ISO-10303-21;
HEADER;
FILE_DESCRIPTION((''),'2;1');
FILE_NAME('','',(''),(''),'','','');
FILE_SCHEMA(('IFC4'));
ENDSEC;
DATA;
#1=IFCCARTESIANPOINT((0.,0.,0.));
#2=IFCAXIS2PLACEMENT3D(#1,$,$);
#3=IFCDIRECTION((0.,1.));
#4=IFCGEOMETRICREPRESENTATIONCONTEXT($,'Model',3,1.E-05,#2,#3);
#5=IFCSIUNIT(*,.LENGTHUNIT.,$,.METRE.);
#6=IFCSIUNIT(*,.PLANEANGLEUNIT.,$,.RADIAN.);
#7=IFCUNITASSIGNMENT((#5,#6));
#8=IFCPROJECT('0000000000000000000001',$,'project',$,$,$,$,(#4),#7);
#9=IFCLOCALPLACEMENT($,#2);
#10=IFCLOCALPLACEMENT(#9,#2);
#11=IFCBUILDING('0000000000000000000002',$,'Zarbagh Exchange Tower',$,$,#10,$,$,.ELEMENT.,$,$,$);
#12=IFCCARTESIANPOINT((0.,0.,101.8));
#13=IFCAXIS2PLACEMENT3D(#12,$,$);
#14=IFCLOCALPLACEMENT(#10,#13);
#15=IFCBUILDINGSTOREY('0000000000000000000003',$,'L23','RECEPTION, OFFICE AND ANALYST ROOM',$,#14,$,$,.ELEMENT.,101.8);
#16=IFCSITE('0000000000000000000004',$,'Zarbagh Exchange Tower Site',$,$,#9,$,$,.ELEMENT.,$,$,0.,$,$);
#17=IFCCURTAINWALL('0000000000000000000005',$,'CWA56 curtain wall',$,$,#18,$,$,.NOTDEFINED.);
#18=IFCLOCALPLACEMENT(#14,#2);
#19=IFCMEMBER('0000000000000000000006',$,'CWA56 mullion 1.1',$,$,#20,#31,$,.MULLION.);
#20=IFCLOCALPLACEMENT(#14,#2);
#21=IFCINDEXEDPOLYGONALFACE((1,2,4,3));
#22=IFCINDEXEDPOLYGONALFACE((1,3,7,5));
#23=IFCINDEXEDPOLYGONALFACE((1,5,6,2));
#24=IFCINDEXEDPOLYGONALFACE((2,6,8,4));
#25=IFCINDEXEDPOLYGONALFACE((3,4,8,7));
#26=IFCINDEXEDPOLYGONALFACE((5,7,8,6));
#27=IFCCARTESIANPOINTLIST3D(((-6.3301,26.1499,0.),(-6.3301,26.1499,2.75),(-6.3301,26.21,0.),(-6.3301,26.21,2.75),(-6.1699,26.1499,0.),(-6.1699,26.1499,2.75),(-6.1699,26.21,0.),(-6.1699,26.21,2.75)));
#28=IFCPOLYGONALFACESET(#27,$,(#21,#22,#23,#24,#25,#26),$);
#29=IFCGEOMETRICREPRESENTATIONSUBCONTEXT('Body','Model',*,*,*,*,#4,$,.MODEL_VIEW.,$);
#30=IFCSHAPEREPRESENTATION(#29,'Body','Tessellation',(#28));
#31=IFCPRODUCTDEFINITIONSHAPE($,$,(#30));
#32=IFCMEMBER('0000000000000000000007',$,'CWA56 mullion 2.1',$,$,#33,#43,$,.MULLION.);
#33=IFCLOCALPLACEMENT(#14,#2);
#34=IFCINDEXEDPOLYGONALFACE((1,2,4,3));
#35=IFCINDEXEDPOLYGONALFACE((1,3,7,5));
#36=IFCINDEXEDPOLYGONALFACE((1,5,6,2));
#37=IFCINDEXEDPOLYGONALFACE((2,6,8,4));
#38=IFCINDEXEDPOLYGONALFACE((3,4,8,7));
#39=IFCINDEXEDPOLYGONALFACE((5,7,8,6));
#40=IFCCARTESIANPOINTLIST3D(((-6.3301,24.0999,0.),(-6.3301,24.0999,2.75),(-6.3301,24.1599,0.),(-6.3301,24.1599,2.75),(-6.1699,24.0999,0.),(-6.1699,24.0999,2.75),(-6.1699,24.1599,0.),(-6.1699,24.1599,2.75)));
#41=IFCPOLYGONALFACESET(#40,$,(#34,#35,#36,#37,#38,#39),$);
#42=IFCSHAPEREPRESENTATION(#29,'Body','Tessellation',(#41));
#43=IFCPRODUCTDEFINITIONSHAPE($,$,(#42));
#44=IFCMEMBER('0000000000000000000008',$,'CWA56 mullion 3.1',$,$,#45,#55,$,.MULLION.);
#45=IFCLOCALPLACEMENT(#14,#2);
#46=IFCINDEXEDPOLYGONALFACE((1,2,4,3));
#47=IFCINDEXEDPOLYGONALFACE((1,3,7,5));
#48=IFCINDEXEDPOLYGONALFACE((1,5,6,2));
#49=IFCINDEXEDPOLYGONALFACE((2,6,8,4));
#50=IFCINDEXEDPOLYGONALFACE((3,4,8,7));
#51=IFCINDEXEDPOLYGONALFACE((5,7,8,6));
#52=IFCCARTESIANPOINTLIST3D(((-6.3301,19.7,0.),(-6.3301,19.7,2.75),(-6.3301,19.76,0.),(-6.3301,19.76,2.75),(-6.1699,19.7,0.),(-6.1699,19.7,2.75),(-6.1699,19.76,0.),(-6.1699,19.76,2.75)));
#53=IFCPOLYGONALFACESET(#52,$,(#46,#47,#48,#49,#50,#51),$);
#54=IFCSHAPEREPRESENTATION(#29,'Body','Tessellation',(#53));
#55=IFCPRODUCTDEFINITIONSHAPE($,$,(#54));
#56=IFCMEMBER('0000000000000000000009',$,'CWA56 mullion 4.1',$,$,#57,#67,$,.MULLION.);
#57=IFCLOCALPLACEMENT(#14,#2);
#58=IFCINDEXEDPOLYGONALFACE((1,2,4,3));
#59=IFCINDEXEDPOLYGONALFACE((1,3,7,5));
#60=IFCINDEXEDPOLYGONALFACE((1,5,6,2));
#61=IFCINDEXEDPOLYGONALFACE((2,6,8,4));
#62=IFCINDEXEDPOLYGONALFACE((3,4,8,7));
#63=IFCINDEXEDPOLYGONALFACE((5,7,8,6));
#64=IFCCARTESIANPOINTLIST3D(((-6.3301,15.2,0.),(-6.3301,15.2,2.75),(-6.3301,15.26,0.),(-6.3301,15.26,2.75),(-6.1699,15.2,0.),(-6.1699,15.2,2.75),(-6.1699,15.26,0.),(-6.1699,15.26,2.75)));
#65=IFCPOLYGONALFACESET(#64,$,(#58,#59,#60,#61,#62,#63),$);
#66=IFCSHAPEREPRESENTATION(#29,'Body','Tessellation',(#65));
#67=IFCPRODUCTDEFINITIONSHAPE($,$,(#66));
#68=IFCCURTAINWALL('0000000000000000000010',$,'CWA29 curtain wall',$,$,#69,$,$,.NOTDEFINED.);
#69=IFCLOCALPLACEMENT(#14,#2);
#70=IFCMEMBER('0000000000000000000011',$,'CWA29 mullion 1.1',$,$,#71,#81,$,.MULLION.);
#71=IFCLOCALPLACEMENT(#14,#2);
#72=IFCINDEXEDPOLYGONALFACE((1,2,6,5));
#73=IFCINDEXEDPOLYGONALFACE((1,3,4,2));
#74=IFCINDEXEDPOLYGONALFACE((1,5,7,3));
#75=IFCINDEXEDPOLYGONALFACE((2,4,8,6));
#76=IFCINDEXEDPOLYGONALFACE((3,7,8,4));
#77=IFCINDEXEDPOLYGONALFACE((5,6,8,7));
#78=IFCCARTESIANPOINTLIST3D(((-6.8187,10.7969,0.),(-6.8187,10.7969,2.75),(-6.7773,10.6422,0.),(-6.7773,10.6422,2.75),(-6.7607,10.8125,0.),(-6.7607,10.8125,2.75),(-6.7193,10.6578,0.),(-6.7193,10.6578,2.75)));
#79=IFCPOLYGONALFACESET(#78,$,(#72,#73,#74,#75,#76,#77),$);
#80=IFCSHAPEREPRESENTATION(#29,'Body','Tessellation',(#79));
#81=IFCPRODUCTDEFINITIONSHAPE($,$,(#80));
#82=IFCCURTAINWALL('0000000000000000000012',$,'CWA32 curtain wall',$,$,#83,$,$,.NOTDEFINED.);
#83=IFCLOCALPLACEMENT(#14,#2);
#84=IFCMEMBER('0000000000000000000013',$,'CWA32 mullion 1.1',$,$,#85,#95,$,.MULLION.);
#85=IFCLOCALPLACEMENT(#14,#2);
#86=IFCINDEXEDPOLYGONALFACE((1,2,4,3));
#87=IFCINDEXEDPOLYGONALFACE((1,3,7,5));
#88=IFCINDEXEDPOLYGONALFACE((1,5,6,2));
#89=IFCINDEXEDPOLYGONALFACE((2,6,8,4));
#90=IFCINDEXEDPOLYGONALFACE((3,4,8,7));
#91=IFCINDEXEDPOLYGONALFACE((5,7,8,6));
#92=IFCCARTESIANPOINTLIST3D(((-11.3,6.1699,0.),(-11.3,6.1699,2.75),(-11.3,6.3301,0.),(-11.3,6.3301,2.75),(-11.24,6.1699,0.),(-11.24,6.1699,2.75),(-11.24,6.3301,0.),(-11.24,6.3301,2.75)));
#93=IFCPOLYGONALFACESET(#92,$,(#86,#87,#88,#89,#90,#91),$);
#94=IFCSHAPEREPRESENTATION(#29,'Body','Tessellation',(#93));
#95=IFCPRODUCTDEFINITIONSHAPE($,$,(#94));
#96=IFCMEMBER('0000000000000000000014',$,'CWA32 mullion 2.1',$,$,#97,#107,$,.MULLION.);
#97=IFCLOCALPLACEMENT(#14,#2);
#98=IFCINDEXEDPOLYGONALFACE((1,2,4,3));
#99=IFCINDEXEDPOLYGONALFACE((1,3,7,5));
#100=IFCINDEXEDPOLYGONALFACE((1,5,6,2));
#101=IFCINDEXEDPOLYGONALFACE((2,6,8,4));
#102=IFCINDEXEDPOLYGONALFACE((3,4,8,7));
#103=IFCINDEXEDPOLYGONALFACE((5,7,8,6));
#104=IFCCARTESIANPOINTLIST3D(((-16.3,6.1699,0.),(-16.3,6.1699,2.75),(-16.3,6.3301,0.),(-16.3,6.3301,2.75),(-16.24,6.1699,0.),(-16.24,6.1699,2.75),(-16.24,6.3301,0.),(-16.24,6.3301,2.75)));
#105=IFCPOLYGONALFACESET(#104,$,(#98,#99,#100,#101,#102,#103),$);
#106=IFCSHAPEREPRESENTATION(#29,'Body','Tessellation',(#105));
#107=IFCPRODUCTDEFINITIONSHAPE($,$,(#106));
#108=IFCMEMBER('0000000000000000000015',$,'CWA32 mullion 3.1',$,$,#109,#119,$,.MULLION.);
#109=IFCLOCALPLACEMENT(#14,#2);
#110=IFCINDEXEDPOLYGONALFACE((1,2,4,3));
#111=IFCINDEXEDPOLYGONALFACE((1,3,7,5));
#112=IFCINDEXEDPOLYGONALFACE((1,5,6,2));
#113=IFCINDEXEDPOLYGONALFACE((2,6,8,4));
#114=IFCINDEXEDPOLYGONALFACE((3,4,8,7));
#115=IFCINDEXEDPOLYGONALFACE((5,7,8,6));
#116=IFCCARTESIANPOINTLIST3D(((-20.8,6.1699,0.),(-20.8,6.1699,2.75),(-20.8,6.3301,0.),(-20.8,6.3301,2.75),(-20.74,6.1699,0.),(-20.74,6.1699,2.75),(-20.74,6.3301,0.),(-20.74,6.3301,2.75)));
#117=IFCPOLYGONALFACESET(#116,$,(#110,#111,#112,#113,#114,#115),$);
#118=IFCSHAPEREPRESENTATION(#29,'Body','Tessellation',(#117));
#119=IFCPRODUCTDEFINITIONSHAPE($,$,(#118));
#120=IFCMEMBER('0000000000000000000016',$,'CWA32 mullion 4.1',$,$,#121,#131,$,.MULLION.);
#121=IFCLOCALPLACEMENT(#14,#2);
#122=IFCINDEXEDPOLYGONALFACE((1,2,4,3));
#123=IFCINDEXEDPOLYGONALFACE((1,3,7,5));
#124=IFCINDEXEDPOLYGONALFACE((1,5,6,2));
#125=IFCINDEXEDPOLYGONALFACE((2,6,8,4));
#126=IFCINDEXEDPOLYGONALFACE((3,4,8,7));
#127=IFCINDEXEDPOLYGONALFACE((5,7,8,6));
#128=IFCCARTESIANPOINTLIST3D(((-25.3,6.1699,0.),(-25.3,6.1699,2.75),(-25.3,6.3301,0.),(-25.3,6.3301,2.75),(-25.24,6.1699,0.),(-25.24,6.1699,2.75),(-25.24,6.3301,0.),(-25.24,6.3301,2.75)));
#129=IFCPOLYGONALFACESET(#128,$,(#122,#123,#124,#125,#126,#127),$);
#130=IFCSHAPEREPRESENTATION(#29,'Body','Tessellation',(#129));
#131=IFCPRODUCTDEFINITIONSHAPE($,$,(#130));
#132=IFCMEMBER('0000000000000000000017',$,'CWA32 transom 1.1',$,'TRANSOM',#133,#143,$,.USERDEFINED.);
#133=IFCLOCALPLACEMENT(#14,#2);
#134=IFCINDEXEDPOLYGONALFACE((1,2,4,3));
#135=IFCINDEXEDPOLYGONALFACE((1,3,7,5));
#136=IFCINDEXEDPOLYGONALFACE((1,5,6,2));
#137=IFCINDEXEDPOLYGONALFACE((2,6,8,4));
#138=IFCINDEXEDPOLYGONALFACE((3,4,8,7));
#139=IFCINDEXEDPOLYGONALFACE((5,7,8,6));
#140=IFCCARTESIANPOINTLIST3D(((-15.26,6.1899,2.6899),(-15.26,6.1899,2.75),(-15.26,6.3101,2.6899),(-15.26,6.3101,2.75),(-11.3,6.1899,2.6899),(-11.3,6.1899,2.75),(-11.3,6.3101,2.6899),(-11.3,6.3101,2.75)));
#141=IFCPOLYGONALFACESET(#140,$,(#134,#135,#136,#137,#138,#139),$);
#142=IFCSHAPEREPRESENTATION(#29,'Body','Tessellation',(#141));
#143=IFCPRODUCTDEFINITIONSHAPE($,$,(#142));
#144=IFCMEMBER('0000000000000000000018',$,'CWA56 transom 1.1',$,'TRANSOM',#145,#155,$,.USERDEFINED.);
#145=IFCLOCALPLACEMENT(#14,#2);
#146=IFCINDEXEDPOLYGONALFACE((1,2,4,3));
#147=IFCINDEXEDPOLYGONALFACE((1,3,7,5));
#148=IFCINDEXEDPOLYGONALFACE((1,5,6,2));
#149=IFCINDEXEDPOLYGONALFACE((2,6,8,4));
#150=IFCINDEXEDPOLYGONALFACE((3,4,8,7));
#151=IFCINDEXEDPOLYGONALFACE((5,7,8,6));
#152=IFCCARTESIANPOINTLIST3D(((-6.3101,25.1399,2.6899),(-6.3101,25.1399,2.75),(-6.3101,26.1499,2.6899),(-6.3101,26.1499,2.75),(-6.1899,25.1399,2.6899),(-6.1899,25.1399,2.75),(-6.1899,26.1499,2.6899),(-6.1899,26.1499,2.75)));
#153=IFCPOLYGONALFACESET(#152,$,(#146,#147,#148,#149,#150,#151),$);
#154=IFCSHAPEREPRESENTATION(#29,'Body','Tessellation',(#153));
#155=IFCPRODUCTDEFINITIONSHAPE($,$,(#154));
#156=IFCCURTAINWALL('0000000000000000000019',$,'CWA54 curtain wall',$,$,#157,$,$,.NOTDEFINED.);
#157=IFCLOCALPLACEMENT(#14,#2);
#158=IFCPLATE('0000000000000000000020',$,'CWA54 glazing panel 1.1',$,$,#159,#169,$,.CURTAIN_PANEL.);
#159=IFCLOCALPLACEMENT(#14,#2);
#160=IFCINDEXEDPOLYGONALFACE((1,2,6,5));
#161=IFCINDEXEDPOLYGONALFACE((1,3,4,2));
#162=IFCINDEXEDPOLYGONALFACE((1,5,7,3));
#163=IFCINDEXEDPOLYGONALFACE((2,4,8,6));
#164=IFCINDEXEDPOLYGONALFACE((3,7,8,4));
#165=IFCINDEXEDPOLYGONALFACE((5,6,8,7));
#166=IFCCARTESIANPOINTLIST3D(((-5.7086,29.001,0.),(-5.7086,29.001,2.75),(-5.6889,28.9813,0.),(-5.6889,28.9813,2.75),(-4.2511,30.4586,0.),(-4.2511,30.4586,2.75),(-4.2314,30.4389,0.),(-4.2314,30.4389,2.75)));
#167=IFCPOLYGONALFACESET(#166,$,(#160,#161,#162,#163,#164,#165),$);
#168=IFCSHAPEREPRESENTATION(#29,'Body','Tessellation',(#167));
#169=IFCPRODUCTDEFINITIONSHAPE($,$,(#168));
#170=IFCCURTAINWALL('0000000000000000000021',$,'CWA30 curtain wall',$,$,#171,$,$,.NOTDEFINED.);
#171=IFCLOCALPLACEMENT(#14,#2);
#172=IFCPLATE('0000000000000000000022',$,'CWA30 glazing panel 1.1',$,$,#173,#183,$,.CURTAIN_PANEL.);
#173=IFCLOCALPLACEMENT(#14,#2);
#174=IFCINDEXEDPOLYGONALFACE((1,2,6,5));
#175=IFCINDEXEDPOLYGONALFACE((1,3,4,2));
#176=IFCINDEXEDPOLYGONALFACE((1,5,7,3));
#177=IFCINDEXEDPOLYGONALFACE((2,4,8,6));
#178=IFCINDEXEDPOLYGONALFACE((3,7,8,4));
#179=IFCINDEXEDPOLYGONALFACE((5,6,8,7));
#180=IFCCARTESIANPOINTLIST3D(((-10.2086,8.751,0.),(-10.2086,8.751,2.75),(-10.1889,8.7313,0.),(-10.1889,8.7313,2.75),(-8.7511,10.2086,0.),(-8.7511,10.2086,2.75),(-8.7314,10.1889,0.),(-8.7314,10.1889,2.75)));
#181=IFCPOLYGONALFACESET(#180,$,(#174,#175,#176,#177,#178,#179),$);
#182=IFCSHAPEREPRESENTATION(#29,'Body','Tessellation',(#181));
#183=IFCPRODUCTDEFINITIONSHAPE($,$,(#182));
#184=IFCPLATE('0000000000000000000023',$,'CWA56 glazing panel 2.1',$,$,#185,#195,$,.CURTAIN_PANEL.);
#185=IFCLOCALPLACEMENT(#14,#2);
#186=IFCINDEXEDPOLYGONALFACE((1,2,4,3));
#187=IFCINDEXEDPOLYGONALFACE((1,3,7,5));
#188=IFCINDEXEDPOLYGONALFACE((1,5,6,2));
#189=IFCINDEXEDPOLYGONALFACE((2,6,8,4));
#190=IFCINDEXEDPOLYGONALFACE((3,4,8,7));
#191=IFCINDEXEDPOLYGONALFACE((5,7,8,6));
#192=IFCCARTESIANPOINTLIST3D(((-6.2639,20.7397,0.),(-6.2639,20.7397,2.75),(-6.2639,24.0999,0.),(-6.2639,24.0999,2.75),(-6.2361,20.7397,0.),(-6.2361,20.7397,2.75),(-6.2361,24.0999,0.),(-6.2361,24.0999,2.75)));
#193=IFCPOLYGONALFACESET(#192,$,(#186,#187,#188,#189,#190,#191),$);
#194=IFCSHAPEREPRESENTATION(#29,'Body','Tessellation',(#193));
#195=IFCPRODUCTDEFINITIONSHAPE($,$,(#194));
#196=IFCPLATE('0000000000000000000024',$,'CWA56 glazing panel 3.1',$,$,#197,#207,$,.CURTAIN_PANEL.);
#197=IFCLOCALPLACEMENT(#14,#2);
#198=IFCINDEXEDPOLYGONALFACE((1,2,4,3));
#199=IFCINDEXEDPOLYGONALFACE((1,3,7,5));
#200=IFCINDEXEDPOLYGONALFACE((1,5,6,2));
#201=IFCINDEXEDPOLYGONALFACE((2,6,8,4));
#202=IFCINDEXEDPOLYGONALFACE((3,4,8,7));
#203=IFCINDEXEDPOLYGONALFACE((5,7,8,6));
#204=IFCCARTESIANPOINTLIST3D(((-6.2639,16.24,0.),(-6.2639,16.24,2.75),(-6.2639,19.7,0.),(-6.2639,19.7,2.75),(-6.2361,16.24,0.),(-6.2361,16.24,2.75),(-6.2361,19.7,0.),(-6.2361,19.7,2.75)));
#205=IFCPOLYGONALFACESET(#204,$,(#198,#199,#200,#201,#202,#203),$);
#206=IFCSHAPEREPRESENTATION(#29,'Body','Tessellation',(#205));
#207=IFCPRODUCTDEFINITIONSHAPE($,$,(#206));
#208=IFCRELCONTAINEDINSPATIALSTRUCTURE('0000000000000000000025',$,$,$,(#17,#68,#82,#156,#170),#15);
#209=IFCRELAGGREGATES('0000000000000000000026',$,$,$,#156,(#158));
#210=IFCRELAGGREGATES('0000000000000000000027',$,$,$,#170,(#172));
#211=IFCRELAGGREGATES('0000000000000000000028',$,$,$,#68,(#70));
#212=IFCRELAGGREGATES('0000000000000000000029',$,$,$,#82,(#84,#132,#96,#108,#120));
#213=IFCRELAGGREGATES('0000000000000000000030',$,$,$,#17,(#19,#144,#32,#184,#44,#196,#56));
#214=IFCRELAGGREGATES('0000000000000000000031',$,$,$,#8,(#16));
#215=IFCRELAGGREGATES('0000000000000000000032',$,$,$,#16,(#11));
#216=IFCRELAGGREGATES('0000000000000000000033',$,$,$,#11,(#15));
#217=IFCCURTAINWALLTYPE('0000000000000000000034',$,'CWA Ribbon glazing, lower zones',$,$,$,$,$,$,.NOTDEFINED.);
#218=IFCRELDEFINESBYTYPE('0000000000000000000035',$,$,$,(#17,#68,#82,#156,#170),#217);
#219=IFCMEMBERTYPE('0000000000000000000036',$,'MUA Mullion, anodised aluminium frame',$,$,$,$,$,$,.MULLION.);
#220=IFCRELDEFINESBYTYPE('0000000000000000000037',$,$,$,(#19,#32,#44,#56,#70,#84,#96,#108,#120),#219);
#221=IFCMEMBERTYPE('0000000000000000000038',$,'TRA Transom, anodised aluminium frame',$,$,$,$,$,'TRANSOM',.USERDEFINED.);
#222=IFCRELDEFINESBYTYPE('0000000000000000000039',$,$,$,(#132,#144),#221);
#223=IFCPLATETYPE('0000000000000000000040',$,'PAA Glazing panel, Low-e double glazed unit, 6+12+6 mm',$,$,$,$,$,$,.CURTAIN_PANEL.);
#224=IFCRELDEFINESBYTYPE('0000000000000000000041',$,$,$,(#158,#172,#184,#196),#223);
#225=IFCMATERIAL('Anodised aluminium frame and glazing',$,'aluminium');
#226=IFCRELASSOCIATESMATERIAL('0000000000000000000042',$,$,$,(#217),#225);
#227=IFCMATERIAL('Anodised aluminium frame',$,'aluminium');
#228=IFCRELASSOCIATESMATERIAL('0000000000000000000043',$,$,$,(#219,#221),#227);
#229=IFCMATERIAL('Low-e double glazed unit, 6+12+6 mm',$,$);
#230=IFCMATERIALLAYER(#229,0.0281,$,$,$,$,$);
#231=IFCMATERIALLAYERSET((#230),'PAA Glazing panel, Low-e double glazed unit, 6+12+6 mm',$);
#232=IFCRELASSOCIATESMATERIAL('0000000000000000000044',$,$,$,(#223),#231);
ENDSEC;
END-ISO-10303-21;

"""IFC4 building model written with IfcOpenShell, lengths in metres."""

from ifc_helpers import new_model, si_unit, direction, frame, origin, place, context, subcontext, project, spatial, polyline, outline, extrude, source, transform, mapped, material, layer, layer_set, type_object, element, aggregate, save


model = new_model("IFC4")

# Units and contexts
model_context = context("Model", 3, precision=1e-05, world=origin(), true_north=direction((0.0, 1.0)))
body_context = subcontext(model_context, "Body", "Model", "MODEL_VIEW")
ifc_project = project(units=[si_unit("LENGTHUNIT", "METRE"), si_unit("PLANEANGLEUNIT", "RADIAN")], contexts=[model_context])

# Site, building, storey
site_placement = place(None, origin())
site = spatial("IfcSite", under=ifc_project, at=site_placement, Name="Zarbagh Exchange Tower Site", CompositionType="ELEMENT", RefElevation=0.0)
building_placement = place(site_placement, origin())
building = spatial("IfcBuilding", under=site, at=building_placement, Name="Zarbagh Exchange Tower", CompositionType="ELEMENT")
storey_placement = place(building_placement, frame((0.0, 0.0, 101.8)))
storey = spatial("IfcBuildingStorey", under=building, at=storey_placement, Name="L23", Description="RECEPTION, OFFICE AND ANALYST ROOM", CompositionType="ELEMENT", Elevation=101.8)

# Curtain wall, members
ifc_material_1 = material(Name="Anodised aluminium frame and glazing", Category="aluminium")
curtain_wall_type = type_object("IfcCurtainWallType", Name="CWA Ribbon glazing, lower zones", PredefinedType="NOTDEFINED", material=ifc_material_1)
curtain_wall_1_placement = place(storey_placement, origin())
curtain_wall_1 = element("IfcCurtainWall", 1, at=curtain_wall_1_placement, inside=storey, type_object=curtain_wall_type, Name="CWA56 curtain wall", PredefinedType="NOTDEFINED")
ifc_material_2 = material(Name="Anodised aluminium frame", Category="aluminium")
member_type_1 = type_object("IfcMemberType", Name="MUA Mullion, anodised aluminium frame", PredefinedType="MULLION", material=ifc_material_2)
shared_shape_1 = source(origin(), body_context, "Body", "SweptSolid", [
    extrude(outline(polyline([(0.0, -0.0801), (0.0601, -0.0801), (0.0601, 0.0801), (0.0, 0.0801), (0.0, -0.0801)])), origin(), (0.0, 0.0, 1.0), 2.75),
])
placement = place(storey_placement, origin())
member_1 = element("IfcMember", 2, at=placement, type_object=member_type_1, Name="CWA56 mullion 1.1", PredefinedType="MULLION", context=body_context, shape_type="MappedRepresentation", body=[
    mapped(shared_shape_1, transform((-6.25, 26.21, 0.0), x_axis=(0.0, -1.0, 0.0), y_axis=(1.0, 0.0, 0.0), z_axis=(0.0, 0.0, 1.0))),
])
member_2 = element("IfcMember", 3, at=placement, type_object=member_type_1, Name="CWA56 mullion 2.1", PredefinedType="MULLION", context=body_context, shape_type="MappedRepresentation", body=[
    mapped(shared_shape_1, transform((-6.25, 24.1599, 0.0), x_axis=(0.0, -1.0, 0.0), y_axis=(1.0, 0.0, 0.0), z_axis=(0.0, 0.0, 1.0))),
])
member_3 = element("IfcMember", 4, at=placement, type_object=member_type_1, Name="CWA56 mullion 3.1", PredefinedType="MULLION", context=body_context, shape_type="MappedRepresentation", body=[
    mapped(shared_shape_1, transform((-6.25, 19.76, 0.0), x_axis=(0.0, -1.0, 0.0), y_axis=(1.0, 0.0, 0.0), z_axis=(0.0, 0.0, 1.0))),
])
member_4 = element("IfcMember", 5, at=placement, type_object=member_type_1, Name="CWA56 mullion 4.1", PredefinedType="MULLION", context=body_context, shape_type="MappedRepresentation", body=[
    mapped(shared_shape_1, transform((-6.25, 15.26, 0.0), x_axis=(0.0, -1.0, 0.0), y_axis=(1.0, 0.0, 0.0), z_axis=(0.0, 0.0, 1.0))),
])

# Curtain wall, member
curtain_wall_2_placement = place(storey_placement, origin())
curtain_wall_2 = element("IfcCurtainWall", 6, at=curtain_wall_2_placement, inside=storey, type_object=curtain_wall_type, Name="CWA29 curtain wall", PredefinedType="NOTDEFINED")
member_5 = element("IfcMember", 7, at=placement, type_object=member_type_1, Name="CWA29 mullion 1.1", PredefinedType="MULLION", context=body_context, shape_type="MappedRepresentation", body=[
    mapped(shared_shape_1, transform((-6.74, 10.7351, 0.0), x_axis=(-0.965924, -0.258825, 0.0), y_axis=(0.258825, -0.965924, 0.0), z_axis=(0.0, 0.0, 1.0))),
])

# Curtain wall, members
curtain_wall_3_placement = place(storey_placement, origin())
curtain_wall_3 = element("IfcCurtainWall", 8, at=curtain_wall_3_placement, inside=storey, type_object=curtain_wall_type, Name="CWA32 curtain wall", PredefinedType="NOTDEFINED")
member_6 = element("IfcMember", 9, at=placement, type_object=member_type_1, Name="CWA32 mullion 1.1", PredefinedType="MULLION", context=body_context, shape_type="MappedRepresentation", body=[
    mapped(shared_shape_1, transform((-11.24, 6.25, 0.0), x_axis=(-1.0, 0.0, 0.0), y_axis=(0.0, -1.0, 0.0), z_axis=(0.0, 0.0, 1.0))),
])
member_7 = element("IfcMember", 10, at=placement, type_object=member_type_1, Name="CWA32 mullion 2.1", PredefinedType="MULLION", context=body_context, shape_type="MappedRepresentation", body=[
    mapped(shared_shape_1, transform((-16.24, 6.25, 0.0), x_axis=(-1.0, 0.0, 0.0), y_axis=(0.0, -1.0, 0.0), z_axis=(0.0, 0.0, 1.0))),
])
member_8 = element("IfcMember", 11, at=placement, type_object=member_type_1, Name="CWA32 mullion 3.1", PredefinedType="MULLION", context=body_context, shape_type="MappedRepresentation", body=[
    mapped(shared_shape_1, transform((-20.74, 6.25, 0.0), x_axis=(-1.0, 0.0, 0.0), y_axis=(0.0, -1.0, 0.0), z_axis=(0.0, 0.0, 1.0))),
])
member_9 = element("IfcMember", 12, at=placement, type_object=member_type_1, Name="CWA32 mullion 4.1", PredefinedType="MULLION", context=body_context, shape_type="MappedRepresentation", body=[
    mapped(shared_shape_1, transform((-25.24, 6.25, 0.0), x_axis=(-1.0, 0.0, 0.0), y_axis=(0.0, -1.0, 0.0), z_axis=(0.0, 0.0, 1.0))),
])
member_type_2 = type_object("IfcMemberType", Name="TRA Transom, anodised aluminium frame", ElementType="TRANSOM", PredefinedType="USERDEFINED", material=ifc_material_2)
shared_shape_2 = source(origin(), body_context, "Body", "SweptSolid", [
    extrude(outline(polyline([(-0.0601, -0.0601), (0.0, -0.0601), (0.0, 0.0601), (-0.0601, 0.0601), (-0.0601, -0.0601)])), origin(), (0.0, 0.0, 1.0), 3.96),
])
member_10 = element("IfcMember", 13, at=placement, type_object=member_type_2, Name="CWA32 transom 1.1", ObjectType="TRANSOM", PredefinedType="USERDEFINED", context=body_context, shape_type="MappedRepresentation", body=[
    mapped(shared_shape_2, transform((-11.3, 6.25, 2.75), x_axis=(0.0, 0.0, 1.0), y_axis=(0.0, 1.0, 0.0), z_axis=(-1.0, 0.0, 0.0))),
])

# Member
shared_shape_3 = source(origin(), body_context, "Body", "SweptSolid", [
    extrude(outline(polyline([(-0.0601, -0.0601), (0.0, -0.0601), (0.0, 0.0601), (-0.0601, 0.0601), (-0.0601, -0.0601)])), origin(), (0.0, 0.0, 1.0), 1.01),
])
member_11 = element("IfcMember", 14, at=placement, type_object=member_type_2, Name="CWA56 transom 1.1", ObjectType="TRANSOM", PredefinedType="USERDEFINED", context=body_context, shape_type="MappedRepresentation", body=[
    mapped(shared_shape_3, transform((-6.25, 26.1499, 2.75), x_axis=(0.0, 0.0, 1.0), y_axis=(-1.0, 0.0, 0.0), z_axis=(0.0, -1.0, 0.0))),
])

# Curtain walls, plates
curtain_wall_4_placement = place(storey_placement, origin())
curtain_wall_4 = element("IfcCurtainWall", 15, at=curtain_wall_4_placement, inside=storey, type_object=curtain_wall_type, Name="CWA54 curtain wall", PredefinedType="NOTDEFINED")
ifc_material_3 = material(Name="Low-e double glazed unit, 6+12+6 mm")
ifc_layer = layer(ifc_material_3, 0.0281)
ifc_layer_set = layer_set([ifc_layer], Name="PAA Glazing panel, Low-e double glazed unit, 6+12+6 mm")
plate_type = type_object("IfcPlateType", Name="PAA Glazing panel, Low-e double glazed unit, 6+12+6 mm", PredefinedType="CURTAIN_PANEL", material=ifc_layer_set)
shared_shape_4 = source(origin(), body_context, "Body", "SweptSolid", [
    extrude(outline(polyline([(0.0, -0.0139), (2.0613, -0.0139), (2.0613, 0.0139), (0.0, 0.0139), (0.0, -0.0139)])), origin(), (0.0, 0.0, 1.0), 2.75),
])
plate_1 = element("IfcPlate", 16, at=placement, type_object=plate_type, Name="CWA54 glazing panel 1.1", PredefinedType="CURTAIN_PANEL", context=body_context, shape_type="MappedRepresentation", body=[
    mapped(shared_shape_4, transform((-4.2412, 30.4487, 0.0), x_axis=(-0.707107, -0.707107, 0.0), y_axis=(0.707107, -0.707107, 0.0), z_axis=(0.0, 0.0, 1.0))),
])
aggregate(curtain_wall_4, [plate_1])
curtain_wall_5_placement = place(storey_placement, origin())
curtain_wall_5 = element("IfcCurtainWall", 17, at=curtain_wall_5_placement, inside=storey, type_object=curtain_wall_type, Name="CWA30 curtain wall", PredefinedType="NOTDEFINED")
plate_2 = element("IfcPlate", 18, at=placement, type_object=plate_type, Name="CWA30 glazing panel 1.1", PredefinedType="CURTAIN_PANEL", context=body_context, shape_type="MappedRepresentation", body=[
    mapped(shared_shape_4, transform((-8.7412, 10.1987, 0.0), x_axis=(-0.707107, -0.707107, 0.0), y_axis=(0.707107, -0.707107, 0.0), z_axis=(0.0, 0.0, 1.0))),
])
aggregate(curtain_wall_5, [plate_2])

# Plates
shared_shape_5 = source(origin(), body_context, "Body", "SweptSolid", [
    extrude(outline(polyline([(0.0, -0.0139), (3.3601, -0.0139), (3.3601, 0.0139), (0.0, 0.0139), (0.0, -0.0139)])), origin(), (0.0, 0.0, 1.0), 2.75),
])
plate_3 = element("IfcPlate", 19, at=placement, type_object=plate_type, Name="CWA56 glazing panel 2.1", PredefinedType="CURTAIN_PANEL", context=body_context, shape_type="MappedRepresentation", body=[
    mapped(shared_shape_5, transform((-6.25, 24.0999, 0.0), x_axis=(0.0, -1.0, 0.0), y_axis=(1.0, 0.0, 0.0), z_axis=(0.0, 0.0, 1.0))),
])
shared_shape_6 = source(origin(), body_context, "Body", "SweptSolid", [
    extrude(outline(polyline([(0.0, -0.0139), (3.46, -0.0139), (3.46, 0.0139), (0.0, 0.0139), (0.0, -0.0139)])), origin(), (0.0, 0.0, 1.0), 2.75),
])
plate_4 = element("IfcPlate", 20, at=placement, type_object=plate_type, Name="CWA56 glazing panel 3.1", PredefinedType="CURTAIN_PANEL", context=body_context, shape_type="MappedRepresentation", body=[
    mapped(shared_shape_6, transform((-6.25, 19.7, 0.0), x_axis=(0.0, -1.0, 0.0), y_axis=(1.0, 0.0, 0.0), z_axis=(0.0, 0.0, 1.0))),
])
aggregate(curtain_wall_2, [member_5])

aggregate(curtain_wall_3, [member_6, member_10, member_7, member_8, member_9])

aggregate(curtain_wall_1, [member_1, member_11, member_2, plate_3, member_3, plate_4, member_4])

save(model, "model.ifc")
